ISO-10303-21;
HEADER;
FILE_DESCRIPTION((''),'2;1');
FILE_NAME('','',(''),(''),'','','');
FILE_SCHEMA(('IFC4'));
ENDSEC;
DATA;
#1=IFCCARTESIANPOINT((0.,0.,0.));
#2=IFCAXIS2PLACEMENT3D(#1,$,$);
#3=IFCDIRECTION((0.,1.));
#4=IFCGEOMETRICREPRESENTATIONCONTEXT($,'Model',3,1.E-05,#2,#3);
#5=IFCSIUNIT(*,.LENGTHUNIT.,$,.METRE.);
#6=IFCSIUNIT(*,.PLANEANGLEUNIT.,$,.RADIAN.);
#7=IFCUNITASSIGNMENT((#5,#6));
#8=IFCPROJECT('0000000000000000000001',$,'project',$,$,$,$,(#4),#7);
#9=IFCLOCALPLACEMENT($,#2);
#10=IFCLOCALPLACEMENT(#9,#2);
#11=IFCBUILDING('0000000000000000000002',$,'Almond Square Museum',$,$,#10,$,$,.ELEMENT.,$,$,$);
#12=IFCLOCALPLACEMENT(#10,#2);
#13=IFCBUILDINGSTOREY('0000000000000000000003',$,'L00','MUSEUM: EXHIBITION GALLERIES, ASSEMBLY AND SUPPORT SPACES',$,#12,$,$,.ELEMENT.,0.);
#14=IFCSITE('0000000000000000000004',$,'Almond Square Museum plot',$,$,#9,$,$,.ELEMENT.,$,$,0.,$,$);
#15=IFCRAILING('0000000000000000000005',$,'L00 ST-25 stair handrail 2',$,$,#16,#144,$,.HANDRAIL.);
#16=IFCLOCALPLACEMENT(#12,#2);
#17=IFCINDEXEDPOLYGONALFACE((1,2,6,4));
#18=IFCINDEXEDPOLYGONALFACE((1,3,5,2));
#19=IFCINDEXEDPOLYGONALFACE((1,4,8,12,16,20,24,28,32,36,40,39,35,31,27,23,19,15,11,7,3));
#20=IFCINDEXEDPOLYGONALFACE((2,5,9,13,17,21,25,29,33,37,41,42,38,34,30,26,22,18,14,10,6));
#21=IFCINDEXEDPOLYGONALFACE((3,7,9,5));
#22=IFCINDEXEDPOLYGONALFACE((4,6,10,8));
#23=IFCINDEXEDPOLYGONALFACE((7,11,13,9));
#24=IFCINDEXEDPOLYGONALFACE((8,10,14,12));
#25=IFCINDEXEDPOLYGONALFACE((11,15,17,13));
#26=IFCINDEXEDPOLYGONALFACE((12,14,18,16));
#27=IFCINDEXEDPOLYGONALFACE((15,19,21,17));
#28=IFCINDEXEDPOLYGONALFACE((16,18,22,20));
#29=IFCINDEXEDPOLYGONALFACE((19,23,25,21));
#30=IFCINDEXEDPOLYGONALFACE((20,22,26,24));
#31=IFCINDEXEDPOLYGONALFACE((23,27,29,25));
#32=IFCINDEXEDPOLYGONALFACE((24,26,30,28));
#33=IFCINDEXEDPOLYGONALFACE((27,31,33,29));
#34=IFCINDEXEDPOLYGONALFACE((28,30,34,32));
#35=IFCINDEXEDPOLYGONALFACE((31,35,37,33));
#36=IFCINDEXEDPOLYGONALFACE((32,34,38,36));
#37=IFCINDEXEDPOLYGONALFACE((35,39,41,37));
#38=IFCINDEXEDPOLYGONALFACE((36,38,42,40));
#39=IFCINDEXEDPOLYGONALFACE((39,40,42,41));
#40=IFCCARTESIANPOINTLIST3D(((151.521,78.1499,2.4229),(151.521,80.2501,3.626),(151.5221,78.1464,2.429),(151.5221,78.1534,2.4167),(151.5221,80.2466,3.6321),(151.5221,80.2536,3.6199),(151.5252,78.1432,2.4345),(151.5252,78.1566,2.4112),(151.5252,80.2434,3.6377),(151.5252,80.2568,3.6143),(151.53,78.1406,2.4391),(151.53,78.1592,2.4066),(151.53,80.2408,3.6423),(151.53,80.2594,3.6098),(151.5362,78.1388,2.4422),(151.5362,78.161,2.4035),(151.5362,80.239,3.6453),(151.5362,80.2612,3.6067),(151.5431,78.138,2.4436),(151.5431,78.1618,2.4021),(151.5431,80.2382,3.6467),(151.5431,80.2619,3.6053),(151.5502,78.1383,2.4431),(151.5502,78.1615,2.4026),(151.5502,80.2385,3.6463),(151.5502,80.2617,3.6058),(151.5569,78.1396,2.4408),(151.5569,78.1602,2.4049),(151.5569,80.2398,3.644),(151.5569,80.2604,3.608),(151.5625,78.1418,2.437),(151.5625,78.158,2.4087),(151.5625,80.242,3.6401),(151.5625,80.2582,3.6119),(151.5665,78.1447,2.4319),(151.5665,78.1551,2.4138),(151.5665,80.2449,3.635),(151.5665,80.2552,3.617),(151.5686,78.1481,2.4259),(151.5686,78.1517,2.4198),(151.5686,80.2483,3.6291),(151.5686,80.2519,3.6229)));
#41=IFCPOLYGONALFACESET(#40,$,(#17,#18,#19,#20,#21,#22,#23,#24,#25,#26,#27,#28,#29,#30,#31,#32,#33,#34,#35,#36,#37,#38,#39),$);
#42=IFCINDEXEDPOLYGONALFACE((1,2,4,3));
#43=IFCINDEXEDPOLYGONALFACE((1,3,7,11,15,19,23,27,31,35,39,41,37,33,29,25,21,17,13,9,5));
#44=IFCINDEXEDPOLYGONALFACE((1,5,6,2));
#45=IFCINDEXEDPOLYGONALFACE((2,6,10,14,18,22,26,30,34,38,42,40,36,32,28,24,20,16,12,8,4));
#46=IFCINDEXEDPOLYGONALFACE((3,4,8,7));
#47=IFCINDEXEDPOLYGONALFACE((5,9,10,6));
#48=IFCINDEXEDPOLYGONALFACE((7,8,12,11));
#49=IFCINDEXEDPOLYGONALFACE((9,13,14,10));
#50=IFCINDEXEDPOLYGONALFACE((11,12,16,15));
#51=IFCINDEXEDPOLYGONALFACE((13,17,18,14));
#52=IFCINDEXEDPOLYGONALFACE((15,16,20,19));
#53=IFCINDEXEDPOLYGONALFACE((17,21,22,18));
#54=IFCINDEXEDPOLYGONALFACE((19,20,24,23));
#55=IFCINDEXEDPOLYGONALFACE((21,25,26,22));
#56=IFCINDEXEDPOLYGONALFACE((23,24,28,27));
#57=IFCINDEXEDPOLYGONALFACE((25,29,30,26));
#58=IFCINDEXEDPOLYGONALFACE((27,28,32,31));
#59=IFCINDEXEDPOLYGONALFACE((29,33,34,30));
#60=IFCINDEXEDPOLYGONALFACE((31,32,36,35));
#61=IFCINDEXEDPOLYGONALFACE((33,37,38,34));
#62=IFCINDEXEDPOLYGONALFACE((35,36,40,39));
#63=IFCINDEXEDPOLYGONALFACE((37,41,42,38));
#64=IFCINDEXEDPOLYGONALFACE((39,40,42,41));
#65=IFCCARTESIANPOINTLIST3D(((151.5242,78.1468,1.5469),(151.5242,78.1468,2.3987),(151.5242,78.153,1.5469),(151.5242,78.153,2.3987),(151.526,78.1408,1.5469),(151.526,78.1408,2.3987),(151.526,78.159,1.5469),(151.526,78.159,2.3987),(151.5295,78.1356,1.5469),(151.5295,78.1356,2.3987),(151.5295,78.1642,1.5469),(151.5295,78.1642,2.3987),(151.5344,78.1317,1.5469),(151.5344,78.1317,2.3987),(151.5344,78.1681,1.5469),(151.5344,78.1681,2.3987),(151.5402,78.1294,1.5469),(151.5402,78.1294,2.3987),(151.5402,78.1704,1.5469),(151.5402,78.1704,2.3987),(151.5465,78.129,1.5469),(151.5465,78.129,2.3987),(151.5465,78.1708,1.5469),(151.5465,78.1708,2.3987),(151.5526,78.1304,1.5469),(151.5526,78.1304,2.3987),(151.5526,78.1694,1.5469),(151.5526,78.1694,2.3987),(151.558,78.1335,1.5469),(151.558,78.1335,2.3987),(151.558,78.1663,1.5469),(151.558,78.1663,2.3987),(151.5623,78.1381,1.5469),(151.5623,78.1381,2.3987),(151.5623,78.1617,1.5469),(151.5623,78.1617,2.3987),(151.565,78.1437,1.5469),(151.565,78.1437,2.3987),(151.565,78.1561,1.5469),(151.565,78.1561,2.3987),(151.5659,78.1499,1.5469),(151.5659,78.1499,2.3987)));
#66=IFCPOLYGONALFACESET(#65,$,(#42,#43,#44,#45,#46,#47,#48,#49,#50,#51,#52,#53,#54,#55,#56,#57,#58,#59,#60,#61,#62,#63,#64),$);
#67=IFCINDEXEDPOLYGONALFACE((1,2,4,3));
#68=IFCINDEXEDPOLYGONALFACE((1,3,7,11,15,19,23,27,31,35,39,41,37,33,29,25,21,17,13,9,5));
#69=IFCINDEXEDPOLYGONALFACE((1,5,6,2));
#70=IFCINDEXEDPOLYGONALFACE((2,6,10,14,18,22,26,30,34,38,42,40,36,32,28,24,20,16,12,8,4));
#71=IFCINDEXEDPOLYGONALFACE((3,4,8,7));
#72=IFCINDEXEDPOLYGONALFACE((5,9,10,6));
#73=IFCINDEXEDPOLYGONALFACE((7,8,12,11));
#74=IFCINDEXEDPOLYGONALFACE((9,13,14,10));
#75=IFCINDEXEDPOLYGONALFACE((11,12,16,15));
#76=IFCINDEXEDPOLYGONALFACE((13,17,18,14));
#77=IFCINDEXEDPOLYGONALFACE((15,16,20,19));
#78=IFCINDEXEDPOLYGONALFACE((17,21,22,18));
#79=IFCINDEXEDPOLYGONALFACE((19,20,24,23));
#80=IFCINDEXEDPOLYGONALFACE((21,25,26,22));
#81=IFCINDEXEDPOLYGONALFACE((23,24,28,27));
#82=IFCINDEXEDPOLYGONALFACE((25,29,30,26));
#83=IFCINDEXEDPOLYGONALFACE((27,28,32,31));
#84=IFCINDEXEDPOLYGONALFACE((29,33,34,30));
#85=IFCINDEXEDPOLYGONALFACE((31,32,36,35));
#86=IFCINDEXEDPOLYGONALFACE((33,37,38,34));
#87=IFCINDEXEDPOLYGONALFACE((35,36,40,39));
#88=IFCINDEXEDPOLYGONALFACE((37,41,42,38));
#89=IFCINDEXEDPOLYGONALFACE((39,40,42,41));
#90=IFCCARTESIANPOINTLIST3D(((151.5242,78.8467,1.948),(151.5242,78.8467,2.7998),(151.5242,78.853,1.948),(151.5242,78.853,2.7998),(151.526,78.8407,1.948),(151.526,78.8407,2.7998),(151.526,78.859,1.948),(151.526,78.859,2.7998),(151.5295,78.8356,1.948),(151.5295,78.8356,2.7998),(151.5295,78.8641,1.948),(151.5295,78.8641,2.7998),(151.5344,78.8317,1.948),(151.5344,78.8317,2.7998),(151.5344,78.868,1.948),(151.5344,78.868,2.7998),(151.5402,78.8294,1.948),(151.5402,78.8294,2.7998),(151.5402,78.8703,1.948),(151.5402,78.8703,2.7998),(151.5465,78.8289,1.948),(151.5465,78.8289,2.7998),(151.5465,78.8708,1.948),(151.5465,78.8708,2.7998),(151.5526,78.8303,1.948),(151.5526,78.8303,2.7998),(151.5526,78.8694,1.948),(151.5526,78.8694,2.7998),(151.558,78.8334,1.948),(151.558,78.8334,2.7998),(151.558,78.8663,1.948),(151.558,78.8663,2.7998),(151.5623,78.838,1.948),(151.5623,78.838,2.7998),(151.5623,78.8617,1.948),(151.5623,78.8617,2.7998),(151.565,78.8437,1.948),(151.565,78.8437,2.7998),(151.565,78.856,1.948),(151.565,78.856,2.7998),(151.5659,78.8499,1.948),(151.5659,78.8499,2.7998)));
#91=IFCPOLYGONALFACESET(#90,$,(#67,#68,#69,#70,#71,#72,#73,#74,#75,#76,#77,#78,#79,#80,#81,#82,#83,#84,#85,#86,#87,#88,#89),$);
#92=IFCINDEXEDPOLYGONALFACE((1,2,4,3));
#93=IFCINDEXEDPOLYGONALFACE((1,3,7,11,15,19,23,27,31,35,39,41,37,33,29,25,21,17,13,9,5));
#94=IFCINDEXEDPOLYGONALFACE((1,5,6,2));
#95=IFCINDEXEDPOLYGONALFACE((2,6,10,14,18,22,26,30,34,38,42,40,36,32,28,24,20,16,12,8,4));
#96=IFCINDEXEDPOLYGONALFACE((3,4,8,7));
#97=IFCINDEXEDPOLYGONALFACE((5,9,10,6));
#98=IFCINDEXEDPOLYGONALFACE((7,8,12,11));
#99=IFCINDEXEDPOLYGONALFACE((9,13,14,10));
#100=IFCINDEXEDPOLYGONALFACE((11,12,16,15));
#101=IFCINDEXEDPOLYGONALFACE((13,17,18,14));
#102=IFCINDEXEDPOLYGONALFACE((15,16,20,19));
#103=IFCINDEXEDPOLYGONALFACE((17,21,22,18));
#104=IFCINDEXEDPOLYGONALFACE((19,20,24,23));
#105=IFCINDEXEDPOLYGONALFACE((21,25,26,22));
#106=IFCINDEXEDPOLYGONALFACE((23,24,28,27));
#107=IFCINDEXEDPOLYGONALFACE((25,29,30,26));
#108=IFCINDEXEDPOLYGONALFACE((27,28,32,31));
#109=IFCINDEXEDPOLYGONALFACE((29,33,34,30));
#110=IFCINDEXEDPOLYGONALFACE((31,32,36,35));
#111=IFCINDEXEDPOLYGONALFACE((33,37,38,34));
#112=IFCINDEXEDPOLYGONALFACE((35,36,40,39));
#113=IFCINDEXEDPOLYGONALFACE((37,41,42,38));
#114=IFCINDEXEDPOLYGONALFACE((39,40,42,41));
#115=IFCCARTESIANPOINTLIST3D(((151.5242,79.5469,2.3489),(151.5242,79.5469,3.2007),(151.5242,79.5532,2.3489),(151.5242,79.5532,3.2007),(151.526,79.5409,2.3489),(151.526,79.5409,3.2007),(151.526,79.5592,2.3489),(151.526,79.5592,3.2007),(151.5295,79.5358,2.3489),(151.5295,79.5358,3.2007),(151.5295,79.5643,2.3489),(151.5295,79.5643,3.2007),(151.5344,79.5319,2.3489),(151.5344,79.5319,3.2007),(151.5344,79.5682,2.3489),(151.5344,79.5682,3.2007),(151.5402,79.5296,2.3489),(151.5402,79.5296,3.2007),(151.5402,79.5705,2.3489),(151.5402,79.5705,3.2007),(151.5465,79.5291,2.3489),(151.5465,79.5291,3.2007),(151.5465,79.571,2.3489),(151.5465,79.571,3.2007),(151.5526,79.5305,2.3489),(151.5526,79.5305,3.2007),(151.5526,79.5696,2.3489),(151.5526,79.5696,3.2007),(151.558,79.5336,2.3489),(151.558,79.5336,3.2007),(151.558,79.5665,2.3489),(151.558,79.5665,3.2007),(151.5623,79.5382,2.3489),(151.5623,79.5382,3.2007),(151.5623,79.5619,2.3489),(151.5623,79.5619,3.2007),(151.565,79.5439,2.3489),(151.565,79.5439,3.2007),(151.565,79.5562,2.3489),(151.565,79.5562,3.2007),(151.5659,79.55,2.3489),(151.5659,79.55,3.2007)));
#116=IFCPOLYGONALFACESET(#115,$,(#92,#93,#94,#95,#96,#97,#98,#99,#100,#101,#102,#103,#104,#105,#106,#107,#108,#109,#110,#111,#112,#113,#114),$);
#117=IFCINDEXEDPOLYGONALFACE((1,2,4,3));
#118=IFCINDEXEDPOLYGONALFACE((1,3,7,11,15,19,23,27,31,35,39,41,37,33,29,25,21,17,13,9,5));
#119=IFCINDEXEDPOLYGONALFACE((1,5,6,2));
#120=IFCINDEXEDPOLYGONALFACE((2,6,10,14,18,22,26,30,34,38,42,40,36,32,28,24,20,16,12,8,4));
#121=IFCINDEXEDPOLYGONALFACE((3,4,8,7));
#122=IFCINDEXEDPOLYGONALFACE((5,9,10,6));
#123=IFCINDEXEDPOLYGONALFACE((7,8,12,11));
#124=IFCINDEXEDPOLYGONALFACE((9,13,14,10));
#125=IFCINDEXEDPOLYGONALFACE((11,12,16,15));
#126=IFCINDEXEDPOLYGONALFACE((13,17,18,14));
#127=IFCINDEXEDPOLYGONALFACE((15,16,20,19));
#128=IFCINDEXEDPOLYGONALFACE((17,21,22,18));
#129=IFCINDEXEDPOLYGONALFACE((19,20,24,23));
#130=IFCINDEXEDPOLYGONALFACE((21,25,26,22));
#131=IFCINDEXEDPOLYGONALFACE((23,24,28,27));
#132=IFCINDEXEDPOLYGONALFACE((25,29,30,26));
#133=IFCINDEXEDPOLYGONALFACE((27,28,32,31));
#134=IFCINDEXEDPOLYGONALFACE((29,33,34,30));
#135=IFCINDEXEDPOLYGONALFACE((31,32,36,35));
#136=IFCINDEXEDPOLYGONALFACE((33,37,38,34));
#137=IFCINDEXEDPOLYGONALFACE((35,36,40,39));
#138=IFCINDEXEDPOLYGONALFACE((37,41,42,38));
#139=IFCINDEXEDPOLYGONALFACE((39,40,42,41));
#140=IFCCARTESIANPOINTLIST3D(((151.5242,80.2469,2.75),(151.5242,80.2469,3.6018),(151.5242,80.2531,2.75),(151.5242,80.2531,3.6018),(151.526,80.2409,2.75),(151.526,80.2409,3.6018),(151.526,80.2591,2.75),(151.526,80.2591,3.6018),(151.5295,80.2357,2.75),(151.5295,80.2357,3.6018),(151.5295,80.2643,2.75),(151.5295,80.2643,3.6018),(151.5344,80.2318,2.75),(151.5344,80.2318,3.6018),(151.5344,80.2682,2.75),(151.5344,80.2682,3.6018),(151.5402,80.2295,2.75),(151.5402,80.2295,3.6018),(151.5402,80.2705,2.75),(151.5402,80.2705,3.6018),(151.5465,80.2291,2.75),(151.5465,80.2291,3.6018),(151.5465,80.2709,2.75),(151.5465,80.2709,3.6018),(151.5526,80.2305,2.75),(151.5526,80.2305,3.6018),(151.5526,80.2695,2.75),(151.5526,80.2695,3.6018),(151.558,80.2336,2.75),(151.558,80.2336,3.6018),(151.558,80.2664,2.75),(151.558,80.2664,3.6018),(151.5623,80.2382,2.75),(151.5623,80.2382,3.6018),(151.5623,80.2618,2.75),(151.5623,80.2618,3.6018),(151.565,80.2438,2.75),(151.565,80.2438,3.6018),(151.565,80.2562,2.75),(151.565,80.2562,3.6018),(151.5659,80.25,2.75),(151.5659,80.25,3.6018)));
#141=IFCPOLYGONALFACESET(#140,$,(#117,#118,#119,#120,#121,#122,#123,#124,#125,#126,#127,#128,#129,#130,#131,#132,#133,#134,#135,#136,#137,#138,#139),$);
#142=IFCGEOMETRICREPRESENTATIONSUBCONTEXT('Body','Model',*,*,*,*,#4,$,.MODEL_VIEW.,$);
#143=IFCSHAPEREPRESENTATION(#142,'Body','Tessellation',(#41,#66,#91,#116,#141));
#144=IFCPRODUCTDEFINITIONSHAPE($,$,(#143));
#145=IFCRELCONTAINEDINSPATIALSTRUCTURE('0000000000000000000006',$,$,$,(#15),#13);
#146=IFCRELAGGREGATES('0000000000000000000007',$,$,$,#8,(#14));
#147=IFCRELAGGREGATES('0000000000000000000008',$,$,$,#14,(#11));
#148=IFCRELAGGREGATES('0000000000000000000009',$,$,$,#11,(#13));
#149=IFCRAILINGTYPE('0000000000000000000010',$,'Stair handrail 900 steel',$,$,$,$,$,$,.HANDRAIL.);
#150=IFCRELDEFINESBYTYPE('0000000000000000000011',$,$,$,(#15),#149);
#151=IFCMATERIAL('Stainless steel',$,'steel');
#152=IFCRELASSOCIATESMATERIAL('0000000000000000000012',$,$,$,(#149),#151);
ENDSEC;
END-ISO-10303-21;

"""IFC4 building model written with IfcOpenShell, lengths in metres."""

from ifc_helpers import new_model, si_unit, direction, frame, origin, origin_2d, place, context, subcontext, project, spatial, circle, extrude, material, type_object, element, save


model = new_model("IFC4")

# Units and contexts
model_context = context("Model", 3, precision=1e-05, world=origin(), true_north=direction((0.0, 1.0)))
body_context = subcontext(model_context, "Body", "Model", "MODEL_VIEW")
ifc_project = project(units=[si_unit("LENGTHUNIT", "METRE"), si_unit("PLANEANGLEUNIT", "RADIAN")], contexts=[model_context])

# Site, building, storey
site_placement = place(None, origin())
site = spatial("IfcSite", under=ifc_project, at=site_placement, Name="Almond Square Museum plot", CompositionType="ELEMENT", RefElevation=0.0)
building_placement = place(site_placement, origin())
building = spatial("IfcBuilding", under=site, at=building_placement, Name="Almond Square Museum", CompositionType="ELEMENT")
storey_placement = place(building_placement, origin())
storey = spatial("IfcBuildingStorey", under=building, at=storey_placement, Name="L00", Description="MUSEUM: EXHIBITION GALLERIES, ASSEMBLY AND SUPPORT SPACES", CompositionType="ELEMENT", Elevation=0.0)

# Railing
ifc_material_1 = material(Name="Stainless steel", Category="steel")
railing_type_1 = type_object("IfcRailingType", Name="Stair handrail 900 steel", PredefinedType="HANDRAIL", material=ifc_material_1)
for number, where, name in (
    (1, (151.5449, 78.1499, 1.5469), "L00 ST-25 stair handrail 2"),
):
    element("IfcRailing", number, at=place(storey_placement, frame(where)), inside=storey, type_object=railing_type_1, Name=name, PredefinedType="HANDRAIL", context=body_context, shape_type="SweptSolid", body=[
        extrude(circle(Radius=0.0239, at=origin_2d()), frame((0.0, 0.0, 0.876), z_axis=(0.0, 0.867696, 0.497095), x_axis=(-1.0, 0.0, 0.0)), (0.0, 0.0, 1.0), 2.4204),
        extrude(circle(Radius=0.021, at=origin_2d()), origin(), (0.0, 0.0, 1.0), 0.8518),
        extrude(circle(Radius=0.021, at=origin_2d()), frame((0.0, 0.7, 0.4011)), (0.0, 0.0, 1.0), 0.8518),
        extrude(circle(Radius=0.021, at=origin_2d()), frame((0.0, 1.4001, 0.802)), (0.0, 0.0, 1.0), 0.8518),
        extrude(circle(Radius=0.021, at=origin_2d()), frame((0.0, 2.1001, 1.2031)), (0.0, 0.0, 1.0), 0.8518),
    ])

save(model, "model.ifc")
